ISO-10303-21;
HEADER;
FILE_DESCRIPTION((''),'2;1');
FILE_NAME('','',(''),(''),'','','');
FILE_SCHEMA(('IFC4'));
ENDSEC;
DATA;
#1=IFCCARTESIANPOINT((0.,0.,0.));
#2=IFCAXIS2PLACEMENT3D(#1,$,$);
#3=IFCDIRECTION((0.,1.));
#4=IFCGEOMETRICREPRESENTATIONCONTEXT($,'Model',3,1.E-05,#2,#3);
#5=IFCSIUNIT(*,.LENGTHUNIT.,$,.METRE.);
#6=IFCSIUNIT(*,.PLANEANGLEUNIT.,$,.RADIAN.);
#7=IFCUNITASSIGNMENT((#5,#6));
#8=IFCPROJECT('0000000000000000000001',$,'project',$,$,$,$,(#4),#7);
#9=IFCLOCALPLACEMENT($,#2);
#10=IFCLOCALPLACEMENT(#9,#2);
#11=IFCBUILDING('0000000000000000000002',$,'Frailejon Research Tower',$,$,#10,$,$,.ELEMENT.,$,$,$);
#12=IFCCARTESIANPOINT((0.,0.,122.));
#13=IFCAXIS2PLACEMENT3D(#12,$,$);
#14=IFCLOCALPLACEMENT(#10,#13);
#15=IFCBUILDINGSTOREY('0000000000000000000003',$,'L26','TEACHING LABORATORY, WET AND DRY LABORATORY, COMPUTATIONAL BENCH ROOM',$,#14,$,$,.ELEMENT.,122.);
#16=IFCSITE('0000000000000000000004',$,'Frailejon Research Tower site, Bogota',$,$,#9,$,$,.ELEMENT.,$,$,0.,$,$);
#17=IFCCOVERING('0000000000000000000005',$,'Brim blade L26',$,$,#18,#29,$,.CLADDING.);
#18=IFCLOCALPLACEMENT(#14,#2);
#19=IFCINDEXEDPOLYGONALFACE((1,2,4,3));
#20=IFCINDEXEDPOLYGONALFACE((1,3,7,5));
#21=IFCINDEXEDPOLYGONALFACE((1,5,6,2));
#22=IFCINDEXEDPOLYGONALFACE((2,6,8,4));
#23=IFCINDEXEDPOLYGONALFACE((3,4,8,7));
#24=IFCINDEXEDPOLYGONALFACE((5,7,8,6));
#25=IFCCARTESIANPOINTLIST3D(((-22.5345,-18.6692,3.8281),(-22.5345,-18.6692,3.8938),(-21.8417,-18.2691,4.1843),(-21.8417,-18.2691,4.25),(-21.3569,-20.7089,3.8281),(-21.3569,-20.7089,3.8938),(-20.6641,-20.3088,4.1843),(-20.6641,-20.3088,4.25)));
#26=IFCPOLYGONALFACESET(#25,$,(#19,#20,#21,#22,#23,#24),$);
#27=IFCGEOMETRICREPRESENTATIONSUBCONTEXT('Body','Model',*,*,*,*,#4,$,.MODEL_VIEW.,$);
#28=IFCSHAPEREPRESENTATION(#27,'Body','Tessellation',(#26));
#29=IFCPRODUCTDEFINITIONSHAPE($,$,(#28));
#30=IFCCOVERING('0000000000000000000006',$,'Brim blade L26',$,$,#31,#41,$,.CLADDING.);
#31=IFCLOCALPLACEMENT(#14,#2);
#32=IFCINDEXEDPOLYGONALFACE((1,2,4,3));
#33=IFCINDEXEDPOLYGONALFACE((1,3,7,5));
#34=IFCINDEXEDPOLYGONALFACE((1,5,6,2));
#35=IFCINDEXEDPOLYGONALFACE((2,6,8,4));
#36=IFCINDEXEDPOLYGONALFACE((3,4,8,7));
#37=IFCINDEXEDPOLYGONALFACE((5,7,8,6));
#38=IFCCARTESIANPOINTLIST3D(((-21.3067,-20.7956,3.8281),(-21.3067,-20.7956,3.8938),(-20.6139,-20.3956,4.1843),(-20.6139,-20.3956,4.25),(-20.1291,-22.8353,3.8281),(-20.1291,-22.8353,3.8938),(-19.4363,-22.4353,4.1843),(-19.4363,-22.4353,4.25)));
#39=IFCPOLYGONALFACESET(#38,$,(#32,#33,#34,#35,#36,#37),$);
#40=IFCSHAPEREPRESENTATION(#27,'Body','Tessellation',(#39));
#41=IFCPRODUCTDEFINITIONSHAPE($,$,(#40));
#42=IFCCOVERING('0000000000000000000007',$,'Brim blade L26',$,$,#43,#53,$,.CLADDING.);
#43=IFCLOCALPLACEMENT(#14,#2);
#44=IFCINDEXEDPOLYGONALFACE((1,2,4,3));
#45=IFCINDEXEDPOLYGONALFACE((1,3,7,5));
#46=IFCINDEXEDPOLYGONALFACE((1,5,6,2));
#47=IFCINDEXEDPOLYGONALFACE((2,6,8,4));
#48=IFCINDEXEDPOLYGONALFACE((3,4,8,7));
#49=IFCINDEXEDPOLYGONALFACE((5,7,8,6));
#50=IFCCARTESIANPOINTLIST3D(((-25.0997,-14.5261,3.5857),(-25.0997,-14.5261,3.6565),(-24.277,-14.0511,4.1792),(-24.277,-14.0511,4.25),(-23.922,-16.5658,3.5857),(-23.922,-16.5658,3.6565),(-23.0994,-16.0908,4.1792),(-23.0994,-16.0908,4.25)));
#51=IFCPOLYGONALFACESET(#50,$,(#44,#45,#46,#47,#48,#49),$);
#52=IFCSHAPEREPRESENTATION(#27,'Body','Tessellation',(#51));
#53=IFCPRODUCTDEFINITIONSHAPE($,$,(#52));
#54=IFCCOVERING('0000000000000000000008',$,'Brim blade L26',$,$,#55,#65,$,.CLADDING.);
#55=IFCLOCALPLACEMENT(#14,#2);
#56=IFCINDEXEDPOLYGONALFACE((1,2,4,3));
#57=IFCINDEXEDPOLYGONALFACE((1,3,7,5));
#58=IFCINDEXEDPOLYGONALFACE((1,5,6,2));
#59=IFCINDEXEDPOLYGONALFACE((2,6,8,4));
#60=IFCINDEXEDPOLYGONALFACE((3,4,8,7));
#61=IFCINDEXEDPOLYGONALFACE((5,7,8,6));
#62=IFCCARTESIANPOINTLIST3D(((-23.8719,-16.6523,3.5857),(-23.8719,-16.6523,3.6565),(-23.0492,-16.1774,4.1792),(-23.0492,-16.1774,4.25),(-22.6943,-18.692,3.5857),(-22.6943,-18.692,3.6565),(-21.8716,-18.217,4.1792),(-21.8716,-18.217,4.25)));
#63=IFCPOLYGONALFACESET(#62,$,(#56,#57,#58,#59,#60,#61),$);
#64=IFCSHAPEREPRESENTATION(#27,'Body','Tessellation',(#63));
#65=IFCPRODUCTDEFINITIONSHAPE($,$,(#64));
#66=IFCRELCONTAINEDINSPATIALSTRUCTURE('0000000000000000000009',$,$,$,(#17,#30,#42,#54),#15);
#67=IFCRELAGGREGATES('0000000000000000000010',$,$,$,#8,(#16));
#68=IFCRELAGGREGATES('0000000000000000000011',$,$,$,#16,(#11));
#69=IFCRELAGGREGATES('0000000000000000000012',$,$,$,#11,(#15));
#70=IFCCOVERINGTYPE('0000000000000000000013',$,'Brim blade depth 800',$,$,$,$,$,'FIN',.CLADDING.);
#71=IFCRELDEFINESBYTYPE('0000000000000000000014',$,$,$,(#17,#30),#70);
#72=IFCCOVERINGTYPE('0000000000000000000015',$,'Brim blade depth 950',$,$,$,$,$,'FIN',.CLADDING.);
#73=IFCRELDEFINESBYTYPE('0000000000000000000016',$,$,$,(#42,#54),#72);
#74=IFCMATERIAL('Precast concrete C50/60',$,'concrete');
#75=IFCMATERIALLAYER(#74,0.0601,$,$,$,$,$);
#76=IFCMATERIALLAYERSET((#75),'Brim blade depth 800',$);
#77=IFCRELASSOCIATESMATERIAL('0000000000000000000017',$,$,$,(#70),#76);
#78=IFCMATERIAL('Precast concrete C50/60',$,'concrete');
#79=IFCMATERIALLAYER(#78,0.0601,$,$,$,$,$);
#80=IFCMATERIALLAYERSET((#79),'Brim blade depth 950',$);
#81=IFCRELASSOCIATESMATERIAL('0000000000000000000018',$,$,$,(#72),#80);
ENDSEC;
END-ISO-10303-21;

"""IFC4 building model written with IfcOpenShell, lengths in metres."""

from ifc_helpers import new_model, si_unit, direction, frame, origin, place, context, subcontext, project, spatial, polyline, outline, extrude, material, layer, layer_set, type_object, element, save


model = new_model("IFC4")

# Units and contexts
model_context = context("Model", 3, precision=1e-05, world=origin(), true_north=direction((0.0, 1.0)))
body_context = subcontext(model_context, "Body", "Model", "MODEL_VIEW")
ifc_project = project(units=[si_unit("LENGTHUNIT", "METRE"), si_unit("PLANEANGLEUNIT", "RADIAN")], contexts=[model_context])

# Site, building, storey
site_placement = place(None, origin())
site = spatial("IfcSite", under=ifc_project, at=site_placement, Name="Frailejon Research Tower site, Bogota", CompositionType="ELEMENT", RefElevation=0.0)
building_placement = place(site_placement, origin())
building = spatial("IfcBuilding", under=site, at=building_placement, Name="Frailejon Research Tower", CompositionType="ELEMENT")
storey_placement = place(building_placement, frame((0.0, 0.0, 122.0)))
storey = spatial("IfcBuildingStorey", under=building, at=storey_placement, Name="L26", Description="TEACHING LABORATORY, WET AND DRY LABORATORY, COMPUTATIONAL BENCH ROOM", CompositionType="ELEMENT", Elevation=122.0)

# Coverings
ifc_material_1 = material(Name="Precast concrete C50/60", Category="concrete")
ifc_layer_1 = layer(ifc_material_1, 0.0601)
ifc_layer_set_1 = layer_set([ifc_layer_1], Name="Brim blade depth 800")
covering_type_1 = type_object("IfcCoveringType", Name="Brim blade depth 800", ElementType="FIN", PredefinedType="CLADDING", material=ifc_layer_set_1)
for number, where, z_axis, x_axis, name in (
    (1, (-20.6641, -20.3088, 4.25), (-0.499997, 0.866027, 0.0), (-0.866027, -0.499997, 0.0), "Brim blade L26"),
    (2, (-19.4363, -22.4353, 4.25), (-0.499997, 0.866027, 0.0), (-0.866027, -0.499997, 0.0), "Brim blade L26"),
):
    element("IfcCovering", number, at=place(storey_placement, frame(where, z_axis=z_axis, x_axis=x_axis)), inside=storey, type_object=covering_type_1, Name=name, PredefinedType="CLADDING", context=body_context, shape_type="SweptSolid", body=[
        extrude(outline(polyline([(0.0, -0.0657), (0.8, -0.4219), (0.8, -0.3562), (0.0, 0.0), (0.0, -0.0657)])), origin(), (0.0, 0.0, 1.0), 2.3552),
    ])
ifc_material_2 = material(Name="Precast concrete C50/60", Category="concrete")
ifc_layer_2 = layer(ifc_material_2, 0.0601)
ifc_layer_set_2 = layer_set([ifc_layer_2], Name="Brim blade depth 950")
covering_type_2 = type_object("IfcCoveringType", Name="Brim blade depth 950", ElementType="FIN", PredefinedType="CLADDING", material=ifc_layer_set_2)
for number, where, z_axis, x_axis, name in (
    (3, (-23.0994, -16.0908, 4.25), (-0.500006, 0.866022, 0.0), (-0.866022, -0.500006, 0.0), "Brim blade L26"),
    (4, (-21.8716, -18.217, 4.25), (-0.499997, 0.866027, 0.0), (-0.866027, -0.499997, 0.0), "Brim blade L26"),
):
    element("IfcCovering", number, at=place(storey_placement, frame(where, z_axis=z_axis, x_axis=x_axis)), inside=storey, type_object=covering_type_2, Name=name, PredefinedType="CLADDING", context=body_context, shape_type="SweptSolid", body=[
        extrude(outline(polyline([(0.0, -0.0708), (0.95, -0.6643), (0.95, -0.5935), (0.0, 0.0), (0.0, -0.0708)])), origin(), (0.0, 0.0, 1.0), 2.3552),
    ])

save(model, "model.ifc")
